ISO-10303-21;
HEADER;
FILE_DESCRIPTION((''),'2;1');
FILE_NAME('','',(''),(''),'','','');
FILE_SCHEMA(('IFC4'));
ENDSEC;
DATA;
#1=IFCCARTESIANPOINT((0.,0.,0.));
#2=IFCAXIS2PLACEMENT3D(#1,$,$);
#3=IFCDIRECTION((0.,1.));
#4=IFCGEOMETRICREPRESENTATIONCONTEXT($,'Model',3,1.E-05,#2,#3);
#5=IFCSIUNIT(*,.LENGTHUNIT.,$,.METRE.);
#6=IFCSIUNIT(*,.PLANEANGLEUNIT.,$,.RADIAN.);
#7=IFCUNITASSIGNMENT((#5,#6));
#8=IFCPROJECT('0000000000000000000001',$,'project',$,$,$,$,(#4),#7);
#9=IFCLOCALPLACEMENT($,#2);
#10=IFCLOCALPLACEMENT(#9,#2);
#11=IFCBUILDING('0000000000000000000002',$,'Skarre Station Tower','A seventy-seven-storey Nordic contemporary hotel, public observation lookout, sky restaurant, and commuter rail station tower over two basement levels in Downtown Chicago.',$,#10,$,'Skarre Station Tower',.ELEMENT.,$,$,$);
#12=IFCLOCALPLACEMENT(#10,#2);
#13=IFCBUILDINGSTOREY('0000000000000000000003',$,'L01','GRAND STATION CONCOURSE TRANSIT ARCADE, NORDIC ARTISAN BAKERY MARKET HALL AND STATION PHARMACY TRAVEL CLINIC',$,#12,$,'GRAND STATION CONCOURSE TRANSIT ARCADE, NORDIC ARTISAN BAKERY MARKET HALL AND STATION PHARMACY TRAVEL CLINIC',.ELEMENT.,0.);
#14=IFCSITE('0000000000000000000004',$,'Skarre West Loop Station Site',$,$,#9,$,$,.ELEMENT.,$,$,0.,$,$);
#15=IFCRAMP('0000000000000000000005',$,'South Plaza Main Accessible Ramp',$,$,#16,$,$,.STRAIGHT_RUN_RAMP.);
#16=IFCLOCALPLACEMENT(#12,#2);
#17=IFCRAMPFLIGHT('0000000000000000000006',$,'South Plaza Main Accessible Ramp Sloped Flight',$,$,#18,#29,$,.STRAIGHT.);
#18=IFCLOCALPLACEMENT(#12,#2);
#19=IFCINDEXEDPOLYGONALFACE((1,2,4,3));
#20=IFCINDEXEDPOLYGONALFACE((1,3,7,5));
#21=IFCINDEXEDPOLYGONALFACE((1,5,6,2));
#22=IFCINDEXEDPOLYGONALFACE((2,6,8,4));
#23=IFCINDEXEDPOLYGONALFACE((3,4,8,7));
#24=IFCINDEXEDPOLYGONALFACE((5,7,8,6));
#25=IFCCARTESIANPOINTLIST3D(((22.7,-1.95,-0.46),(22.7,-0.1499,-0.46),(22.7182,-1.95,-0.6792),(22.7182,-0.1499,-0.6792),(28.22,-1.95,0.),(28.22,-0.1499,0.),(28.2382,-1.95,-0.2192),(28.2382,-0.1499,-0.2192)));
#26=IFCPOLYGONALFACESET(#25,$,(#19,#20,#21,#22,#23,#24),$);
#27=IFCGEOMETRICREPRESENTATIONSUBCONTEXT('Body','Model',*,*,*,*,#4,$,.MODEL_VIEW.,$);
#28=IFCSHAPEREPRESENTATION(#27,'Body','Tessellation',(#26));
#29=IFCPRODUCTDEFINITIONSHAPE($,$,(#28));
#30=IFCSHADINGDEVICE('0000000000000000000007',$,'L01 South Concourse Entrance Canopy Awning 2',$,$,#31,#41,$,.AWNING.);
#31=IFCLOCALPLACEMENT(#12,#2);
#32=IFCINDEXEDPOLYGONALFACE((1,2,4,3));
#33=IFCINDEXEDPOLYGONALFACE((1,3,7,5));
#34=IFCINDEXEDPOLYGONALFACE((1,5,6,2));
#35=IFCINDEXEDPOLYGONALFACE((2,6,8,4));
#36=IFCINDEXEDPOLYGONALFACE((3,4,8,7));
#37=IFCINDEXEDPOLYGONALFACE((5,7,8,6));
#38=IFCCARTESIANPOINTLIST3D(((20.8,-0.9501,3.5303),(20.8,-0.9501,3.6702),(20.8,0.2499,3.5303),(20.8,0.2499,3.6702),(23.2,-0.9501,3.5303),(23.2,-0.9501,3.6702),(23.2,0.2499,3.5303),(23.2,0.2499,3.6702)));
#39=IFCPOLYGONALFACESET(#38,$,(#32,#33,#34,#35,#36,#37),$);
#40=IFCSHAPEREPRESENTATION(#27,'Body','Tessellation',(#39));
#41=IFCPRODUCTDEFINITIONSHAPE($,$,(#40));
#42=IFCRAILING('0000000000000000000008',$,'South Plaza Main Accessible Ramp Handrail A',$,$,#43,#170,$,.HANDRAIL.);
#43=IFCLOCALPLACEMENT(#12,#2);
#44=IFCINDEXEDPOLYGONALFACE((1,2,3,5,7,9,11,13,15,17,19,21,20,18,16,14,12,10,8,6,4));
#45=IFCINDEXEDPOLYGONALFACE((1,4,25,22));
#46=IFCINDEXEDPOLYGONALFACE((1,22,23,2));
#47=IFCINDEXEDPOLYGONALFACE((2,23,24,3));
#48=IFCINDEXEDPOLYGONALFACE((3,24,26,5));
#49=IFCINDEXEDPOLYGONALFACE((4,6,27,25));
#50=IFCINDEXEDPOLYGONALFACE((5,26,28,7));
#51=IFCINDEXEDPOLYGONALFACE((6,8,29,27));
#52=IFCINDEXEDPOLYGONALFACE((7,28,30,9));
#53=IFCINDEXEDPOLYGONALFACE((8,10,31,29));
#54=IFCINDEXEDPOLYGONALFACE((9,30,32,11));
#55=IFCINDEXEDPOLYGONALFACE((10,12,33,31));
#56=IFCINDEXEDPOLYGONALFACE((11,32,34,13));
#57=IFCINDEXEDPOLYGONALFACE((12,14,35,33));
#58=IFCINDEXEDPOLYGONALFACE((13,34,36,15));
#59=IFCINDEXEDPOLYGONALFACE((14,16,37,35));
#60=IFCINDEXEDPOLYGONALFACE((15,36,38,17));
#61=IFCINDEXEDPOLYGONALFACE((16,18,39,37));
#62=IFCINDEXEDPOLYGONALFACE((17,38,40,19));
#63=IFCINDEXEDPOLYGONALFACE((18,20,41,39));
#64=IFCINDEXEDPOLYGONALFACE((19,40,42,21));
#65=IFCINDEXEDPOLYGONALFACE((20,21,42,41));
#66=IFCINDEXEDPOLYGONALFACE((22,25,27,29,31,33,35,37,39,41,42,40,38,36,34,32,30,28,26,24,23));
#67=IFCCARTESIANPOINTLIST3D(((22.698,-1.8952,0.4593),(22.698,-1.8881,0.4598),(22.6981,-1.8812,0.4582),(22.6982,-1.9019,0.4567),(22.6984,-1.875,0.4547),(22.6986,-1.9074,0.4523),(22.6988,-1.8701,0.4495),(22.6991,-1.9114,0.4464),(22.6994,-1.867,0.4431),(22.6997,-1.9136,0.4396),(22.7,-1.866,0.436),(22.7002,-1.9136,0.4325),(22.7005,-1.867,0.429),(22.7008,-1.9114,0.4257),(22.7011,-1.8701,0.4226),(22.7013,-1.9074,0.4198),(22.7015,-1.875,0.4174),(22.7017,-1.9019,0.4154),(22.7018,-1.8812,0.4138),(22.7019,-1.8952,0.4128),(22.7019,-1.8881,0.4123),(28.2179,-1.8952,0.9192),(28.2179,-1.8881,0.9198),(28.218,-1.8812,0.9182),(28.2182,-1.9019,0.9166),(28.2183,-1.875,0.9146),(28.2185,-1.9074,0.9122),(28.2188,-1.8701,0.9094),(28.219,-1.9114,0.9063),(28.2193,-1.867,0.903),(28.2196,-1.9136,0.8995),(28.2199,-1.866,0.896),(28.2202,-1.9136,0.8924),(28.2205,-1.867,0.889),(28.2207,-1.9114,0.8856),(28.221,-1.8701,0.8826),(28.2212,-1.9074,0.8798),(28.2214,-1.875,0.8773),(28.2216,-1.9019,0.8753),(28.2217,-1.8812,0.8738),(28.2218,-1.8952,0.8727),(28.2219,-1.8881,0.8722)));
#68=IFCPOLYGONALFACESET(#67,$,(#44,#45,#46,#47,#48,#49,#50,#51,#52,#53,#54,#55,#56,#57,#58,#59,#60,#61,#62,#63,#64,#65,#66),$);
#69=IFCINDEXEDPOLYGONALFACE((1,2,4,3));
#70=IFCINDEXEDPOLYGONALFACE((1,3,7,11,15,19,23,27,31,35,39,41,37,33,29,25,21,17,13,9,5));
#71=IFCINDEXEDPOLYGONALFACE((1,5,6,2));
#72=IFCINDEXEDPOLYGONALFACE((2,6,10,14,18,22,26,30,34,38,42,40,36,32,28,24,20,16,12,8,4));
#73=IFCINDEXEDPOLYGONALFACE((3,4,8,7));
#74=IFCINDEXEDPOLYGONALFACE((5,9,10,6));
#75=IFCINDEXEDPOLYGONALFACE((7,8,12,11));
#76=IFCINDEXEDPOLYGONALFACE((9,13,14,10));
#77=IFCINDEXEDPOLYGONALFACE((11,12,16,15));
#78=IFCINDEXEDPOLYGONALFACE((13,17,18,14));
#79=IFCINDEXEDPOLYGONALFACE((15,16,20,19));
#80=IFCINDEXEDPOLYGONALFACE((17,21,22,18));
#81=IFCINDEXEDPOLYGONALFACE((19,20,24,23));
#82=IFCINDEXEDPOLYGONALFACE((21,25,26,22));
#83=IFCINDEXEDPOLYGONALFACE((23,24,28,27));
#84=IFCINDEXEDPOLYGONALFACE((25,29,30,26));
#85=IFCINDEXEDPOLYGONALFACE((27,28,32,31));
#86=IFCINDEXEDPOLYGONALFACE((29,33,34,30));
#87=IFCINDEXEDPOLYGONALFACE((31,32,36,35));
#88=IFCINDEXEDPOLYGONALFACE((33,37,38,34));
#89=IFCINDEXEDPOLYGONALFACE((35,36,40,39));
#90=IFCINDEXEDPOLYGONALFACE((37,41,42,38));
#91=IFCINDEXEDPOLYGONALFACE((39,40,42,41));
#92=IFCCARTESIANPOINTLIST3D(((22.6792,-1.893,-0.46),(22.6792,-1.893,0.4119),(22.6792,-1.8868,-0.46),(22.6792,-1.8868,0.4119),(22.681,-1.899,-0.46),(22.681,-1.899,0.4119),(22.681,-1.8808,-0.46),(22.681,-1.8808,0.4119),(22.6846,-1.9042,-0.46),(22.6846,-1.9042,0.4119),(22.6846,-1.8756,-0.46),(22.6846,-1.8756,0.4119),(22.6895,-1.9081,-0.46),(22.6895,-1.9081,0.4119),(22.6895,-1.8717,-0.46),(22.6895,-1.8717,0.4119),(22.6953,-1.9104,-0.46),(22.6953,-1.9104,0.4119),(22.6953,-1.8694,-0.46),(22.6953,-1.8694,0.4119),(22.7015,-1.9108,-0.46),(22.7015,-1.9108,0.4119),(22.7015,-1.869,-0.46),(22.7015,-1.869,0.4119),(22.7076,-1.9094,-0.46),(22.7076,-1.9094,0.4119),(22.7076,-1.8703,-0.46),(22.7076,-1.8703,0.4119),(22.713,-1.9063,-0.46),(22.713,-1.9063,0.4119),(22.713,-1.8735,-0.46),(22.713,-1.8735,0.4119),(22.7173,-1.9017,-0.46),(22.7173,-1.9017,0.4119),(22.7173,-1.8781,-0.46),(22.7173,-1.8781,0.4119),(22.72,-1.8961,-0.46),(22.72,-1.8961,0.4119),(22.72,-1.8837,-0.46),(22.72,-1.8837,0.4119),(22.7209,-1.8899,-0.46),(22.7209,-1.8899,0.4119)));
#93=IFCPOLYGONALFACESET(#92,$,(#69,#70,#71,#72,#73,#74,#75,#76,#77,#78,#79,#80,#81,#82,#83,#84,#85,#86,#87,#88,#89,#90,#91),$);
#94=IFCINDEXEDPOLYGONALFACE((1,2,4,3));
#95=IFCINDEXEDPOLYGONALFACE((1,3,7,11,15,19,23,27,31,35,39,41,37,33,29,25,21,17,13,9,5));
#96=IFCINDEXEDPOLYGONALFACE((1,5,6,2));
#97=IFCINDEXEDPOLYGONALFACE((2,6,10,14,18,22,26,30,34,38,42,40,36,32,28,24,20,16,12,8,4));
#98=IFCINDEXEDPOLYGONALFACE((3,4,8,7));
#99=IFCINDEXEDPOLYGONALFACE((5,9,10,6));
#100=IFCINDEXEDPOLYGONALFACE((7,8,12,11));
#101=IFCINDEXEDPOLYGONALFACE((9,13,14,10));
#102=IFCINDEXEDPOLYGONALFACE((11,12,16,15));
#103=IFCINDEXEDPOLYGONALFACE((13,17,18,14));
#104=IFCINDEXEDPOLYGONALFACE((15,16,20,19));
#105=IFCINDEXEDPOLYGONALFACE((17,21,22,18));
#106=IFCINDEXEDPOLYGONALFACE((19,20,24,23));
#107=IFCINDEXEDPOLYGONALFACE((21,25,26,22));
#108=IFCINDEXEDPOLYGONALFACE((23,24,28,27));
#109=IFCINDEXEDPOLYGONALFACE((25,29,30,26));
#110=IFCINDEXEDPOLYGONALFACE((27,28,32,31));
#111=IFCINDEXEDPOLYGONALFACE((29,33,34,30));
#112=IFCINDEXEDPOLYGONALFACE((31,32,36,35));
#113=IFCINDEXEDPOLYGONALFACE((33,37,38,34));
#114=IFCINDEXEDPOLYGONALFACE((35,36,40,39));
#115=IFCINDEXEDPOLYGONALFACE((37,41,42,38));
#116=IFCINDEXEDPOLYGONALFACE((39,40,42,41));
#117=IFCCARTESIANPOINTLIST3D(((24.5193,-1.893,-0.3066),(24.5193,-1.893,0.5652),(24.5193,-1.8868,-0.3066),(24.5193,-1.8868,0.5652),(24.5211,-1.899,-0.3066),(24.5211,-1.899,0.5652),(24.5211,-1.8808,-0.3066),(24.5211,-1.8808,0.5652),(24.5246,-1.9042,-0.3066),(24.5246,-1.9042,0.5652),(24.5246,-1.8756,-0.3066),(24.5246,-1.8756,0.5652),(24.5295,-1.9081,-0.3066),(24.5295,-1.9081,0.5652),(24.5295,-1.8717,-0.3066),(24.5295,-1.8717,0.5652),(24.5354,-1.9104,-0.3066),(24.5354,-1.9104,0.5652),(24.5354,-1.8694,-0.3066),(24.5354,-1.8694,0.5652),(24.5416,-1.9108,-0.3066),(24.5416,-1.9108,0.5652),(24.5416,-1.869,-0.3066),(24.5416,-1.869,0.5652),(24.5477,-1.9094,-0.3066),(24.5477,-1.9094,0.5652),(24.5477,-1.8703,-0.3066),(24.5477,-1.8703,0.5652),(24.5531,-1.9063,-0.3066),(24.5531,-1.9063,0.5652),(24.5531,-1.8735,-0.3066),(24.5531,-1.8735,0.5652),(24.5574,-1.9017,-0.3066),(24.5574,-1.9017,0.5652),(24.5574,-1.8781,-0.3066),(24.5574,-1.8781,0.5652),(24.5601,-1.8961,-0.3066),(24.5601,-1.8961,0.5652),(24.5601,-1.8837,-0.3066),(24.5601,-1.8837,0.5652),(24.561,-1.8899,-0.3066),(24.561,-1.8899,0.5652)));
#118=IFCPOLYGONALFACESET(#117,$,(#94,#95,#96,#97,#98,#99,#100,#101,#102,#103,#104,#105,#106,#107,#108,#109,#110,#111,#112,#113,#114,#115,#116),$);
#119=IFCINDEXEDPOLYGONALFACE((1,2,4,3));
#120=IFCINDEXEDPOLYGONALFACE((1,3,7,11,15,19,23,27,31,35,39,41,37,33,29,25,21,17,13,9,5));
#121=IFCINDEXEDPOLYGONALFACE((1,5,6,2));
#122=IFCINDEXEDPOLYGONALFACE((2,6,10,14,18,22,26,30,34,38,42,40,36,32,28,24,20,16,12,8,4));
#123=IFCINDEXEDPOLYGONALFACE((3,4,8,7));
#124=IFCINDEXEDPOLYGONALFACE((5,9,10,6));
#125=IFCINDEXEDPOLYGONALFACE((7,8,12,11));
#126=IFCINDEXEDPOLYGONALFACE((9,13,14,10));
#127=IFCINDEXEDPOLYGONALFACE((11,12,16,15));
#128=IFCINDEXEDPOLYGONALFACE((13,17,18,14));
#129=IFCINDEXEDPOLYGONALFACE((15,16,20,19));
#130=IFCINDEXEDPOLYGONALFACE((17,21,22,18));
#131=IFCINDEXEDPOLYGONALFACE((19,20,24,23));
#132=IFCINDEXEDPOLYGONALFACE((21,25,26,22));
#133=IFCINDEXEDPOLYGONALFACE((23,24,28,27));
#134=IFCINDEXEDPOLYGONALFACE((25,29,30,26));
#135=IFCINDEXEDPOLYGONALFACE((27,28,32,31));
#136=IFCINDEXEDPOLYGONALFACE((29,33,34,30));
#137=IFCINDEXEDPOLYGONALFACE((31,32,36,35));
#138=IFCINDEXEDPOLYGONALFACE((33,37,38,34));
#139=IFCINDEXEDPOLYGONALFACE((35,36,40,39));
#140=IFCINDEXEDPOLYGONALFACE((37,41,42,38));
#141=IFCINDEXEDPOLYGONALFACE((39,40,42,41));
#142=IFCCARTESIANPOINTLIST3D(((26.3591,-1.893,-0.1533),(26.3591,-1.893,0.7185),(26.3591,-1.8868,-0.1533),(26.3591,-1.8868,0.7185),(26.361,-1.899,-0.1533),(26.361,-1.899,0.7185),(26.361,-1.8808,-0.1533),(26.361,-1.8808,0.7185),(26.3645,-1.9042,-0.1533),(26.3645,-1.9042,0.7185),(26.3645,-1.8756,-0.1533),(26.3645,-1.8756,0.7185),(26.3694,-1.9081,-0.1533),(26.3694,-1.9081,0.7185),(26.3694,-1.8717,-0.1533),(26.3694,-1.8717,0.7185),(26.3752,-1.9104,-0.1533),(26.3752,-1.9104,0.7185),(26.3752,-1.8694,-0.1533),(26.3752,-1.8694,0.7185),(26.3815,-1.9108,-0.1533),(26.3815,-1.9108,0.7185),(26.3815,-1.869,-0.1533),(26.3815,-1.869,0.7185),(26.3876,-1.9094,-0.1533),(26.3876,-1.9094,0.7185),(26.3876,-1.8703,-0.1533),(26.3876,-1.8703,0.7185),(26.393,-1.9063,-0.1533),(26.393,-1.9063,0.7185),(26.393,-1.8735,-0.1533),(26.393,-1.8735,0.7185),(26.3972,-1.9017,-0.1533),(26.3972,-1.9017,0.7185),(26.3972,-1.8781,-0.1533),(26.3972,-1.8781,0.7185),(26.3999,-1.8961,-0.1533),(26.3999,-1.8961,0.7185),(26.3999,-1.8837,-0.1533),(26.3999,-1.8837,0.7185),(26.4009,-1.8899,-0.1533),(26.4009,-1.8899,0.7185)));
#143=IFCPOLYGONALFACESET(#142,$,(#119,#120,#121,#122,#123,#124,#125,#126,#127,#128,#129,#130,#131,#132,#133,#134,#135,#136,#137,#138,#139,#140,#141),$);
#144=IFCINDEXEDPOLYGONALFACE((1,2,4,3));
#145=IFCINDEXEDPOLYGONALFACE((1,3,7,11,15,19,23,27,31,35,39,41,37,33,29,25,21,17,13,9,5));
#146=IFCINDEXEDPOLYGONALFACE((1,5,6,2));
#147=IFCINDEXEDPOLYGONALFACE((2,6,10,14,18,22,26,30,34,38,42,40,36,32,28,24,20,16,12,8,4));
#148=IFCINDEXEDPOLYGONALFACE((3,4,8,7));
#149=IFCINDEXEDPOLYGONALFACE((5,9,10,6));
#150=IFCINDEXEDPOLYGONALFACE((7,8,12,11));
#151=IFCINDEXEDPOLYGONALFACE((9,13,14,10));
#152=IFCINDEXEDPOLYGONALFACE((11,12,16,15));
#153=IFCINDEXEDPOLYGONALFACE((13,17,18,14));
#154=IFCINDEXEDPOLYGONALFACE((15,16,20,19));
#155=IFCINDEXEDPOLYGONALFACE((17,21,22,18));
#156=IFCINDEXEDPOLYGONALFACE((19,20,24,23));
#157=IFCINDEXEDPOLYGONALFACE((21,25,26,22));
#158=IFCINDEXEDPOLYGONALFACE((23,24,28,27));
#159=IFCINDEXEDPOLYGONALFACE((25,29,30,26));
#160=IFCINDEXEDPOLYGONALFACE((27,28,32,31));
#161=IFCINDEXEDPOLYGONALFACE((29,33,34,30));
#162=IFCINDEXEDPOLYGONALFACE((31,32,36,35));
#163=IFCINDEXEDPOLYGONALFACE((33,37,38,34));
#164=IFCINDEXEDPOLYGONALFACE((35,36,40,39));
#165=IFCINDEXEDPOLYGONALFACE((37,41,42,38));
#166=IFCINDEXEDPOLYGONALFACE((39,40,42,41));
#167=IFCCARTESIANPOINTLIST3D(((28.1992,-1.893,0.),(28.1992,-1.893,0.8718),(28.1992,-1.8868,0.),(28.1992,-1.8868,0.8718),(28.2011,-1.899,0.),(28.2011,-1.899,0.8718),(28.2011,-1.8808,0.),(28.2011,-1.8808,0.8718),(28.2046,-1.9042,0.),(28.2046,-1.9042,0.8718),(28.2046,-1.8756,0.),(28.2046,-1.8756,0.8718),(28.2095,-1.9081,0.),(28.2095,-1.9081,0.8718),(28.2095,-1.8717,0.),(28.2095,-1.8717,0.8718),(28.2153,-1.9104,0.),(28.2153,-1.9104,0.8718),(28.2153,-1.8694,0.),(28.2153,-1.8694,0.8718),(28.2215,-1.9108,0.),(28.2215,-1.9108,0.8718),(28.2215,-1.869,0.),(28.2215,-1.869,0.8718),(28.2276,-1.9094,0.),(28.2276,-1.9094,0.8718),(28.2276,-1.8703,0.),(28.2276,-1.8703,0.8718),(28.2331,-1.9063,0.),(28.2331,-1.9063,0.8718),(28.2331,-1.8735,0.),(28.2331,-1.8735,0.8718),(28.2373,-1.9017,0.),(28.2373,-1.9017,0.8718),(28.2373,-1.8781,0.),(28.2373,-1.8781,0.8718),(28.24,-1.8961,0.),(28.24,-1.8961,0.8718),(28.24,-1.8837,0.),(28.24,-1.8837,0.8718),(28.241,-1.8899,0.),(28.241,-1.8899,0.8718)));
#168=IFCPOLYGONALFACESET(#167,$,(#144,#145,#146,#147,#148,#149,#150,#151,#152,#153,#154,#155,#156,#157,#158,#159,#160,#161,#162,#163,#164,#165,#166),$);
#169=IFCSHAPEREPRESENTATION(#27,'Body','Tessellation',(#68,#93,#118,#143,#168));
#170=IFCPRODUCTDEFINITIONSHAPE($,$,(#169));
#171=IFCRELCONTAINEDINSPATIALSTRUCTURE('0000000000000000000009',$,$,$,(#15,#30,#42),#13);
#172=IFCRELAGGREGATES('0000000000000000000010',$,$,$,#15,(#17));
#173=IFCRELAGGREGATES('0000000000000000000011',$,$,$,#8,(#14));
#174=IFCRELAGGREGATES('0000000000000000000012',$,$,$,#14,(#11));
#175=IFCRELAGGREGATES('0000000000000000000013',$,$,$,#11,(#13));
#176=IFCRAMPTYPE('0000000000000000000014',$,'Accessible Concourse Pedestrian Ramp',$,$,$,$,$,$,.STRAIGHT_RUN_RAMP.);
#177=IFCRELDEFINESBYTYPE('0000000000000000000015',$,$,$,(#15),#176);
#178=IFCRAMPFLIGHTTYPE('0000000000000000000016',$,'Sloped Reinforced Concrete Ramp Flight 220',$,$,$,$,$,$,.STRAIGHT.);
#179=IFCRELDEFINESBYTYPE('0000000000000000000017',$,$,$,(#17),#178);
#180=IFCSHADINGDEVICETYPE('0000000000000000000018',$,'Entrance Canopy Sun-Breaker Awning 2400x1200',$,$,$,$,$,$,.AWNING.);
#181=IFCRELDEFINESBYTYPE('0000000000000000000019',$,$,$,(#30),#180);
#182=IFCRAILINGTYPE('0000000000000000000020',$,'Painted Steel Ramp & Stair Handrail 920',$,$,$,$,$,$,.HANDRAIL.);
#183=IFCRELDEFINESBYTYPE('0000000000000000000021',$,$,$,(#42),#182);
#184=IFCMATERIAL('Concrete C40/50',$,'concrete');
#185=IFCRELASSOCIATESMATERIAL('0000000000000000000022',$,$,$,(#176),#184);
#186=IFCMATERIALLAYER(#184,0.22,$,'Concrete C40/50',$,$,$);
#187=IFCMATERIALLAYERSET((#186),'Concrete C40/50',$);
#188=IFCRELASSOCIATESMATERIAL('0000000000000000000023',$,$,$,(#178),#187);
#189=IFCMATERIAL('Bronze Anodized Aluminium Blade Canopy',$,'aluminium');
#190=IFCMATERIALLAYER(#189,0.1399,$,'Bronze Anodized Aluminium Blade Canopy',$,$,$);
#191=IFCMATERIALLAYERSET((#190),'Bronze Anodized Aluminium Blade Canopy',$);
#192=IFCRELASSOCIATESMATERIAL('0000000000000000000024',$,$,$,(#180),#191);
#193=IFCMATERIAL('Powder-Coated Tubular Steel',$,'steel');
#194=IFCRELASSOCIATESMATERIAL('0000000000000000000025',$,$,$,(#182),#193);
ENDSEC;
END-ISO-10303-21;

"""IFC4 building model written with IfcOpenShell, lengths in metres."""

from ifc_helpers import new_model, si_unit, direction, frame, origin, origin_2d, place, context, subcontext, project, spatial, polyline, rectangle, circle, outline, extrude, material, layer, layer_set, type_object, element, aggregate, save


model = new_model("IFC4")

# Units and contexts
model_context = context("Model", 3, precision=1e-05, world=origin(), true_north=direction((0.0, 1.0)))
body_context = subcontext(model_context, "Body", "Model", "MODEL_VIEW")
ifc_project = project(units=[si_unit("LENGTHUNIT", "METRE"), si_unit("PLANEANGLEUNIT", "RADIAN")], contexts=[model_context])

# Site, building, storey
site_placement = place(None, origin())
site = spatial("IfcSite", under=ifc_project, at=site_placement, Name="Skarre West Loop Station Site", CompositionType="ELEMENT", RefElevation=0.0)
building_placement = place(site_placement, origin())
building = spatial("IfcBuilding", under=site, at=building_placement, Name="Skarre Station Tower", Description="A seventy-seven-storey Nordic contemporary hotel, public observation lookout, sky restaurant, and commuter rail station tower over two basement levels in Downtown Chicago.", LongName="Skarre Station Tower", CompositionType="ELEMENT")
storey_placement = place(building_placement, origin())
storey = spatial("IfcBuildingStorey", under=building, at=storey_placement, Name="L01", Description="GRAND STATION CONCOURSE TRANSIT ARCADE, NORDIC ARTISAN BAKERY MARKET HALL AND STATION PHARMACY TRAVEL CLINIC", LongName="GRAND STATION CONCOURSE TRANSIT ARCADE, NORDIC ARTISAN BAKERY MARKET HALL AND STATION PHARMACY TRAVEL CLINIC", CompositionType="ELEMENT", Elevation=0.0)

# Ramp, ramp flight
ifc_material_1 = material(Name="Concrete C40/50", Category="concrete")
ramp_type = type_object("IfcRampType", Name="Accessible Concourse Pedestrian Ramp", PredefinedType="STRAIGHT_RUN_RAMP", material=ifc_material_1)
ramp_placement = place(storey_placement, origin())
ramp = element("IfcRamp", 1, at=ramp_placement, inside=storey, type_object=ramp_type, Name="South Plaza Main Accessible Ramp", PredefinedType="STRAIGHT_RUN_RAMP")
ifc_layer_1 = layer(ifc_material_1, 0.22, Name="Concrete C40/50")
ifc_layer_set_1 = layer_set([ifc_layer_1], Name="Concrete C40/50")
ramp_flight_type = type_object("IfcRampFlightType", Name="Sloped Reinforced Concrete Ramp Flight 220", PredefinedType="STRAIGHT", material=ifc_layer_set_1)
ramp_flight_placement = place(storey_placement, frame((22.7, -1.95, -0.46), z_axis=(-0.083038, 0.0, 0.996546), x_axis=(0.996546, 0.0, 0.083038)))
ramp_flight = element("IfcRampFlight", 2, at=ramp_flight_placement, type_object=ramp_flight_type, Name="South Plaza Main Accessible Ramp Sloped Flight", PredefinedType="STRAIGHT", context=body_context, shape_type="SweptSolid", body=[
    extrude(outline(polyline([(0.0, 0.0), (5.5391, 0.0), (5.5391, 1.8), (0.0, 1.8), (0.0, 0.0)])), origin(), (0.0, 0.0, -1.0), 0.22),
])
aggregate(ramp, [ramp_flight])

# Shading device
ifc_material_2 = material(Name="Bronze Anodized Aluminium Blade Canopy", Category="aluminium")
ifc_layer_2 = layer(ifc_material_2, 0.1399, Name="Bronze Anodized Aluminium Blade Canopy")
ifc_layer_set_2 = layer_set([ifc_layer_2], Name="Bronze Anodized Aluminium Blade Canopy")
shading_device_type = type_object("IfcShadingDeviceType", Name="Entrance Canopy Sun-Breaker Awning 2400x1200", PredefinedType="AWNING", material=ifc_layer_set_2)
shading_device_placement = place(storey_placement, frame((22.0, -0.3501, 3.5303), z_axis=(0.0, 0.0, 1.0), x_axis=(1.0, 0.0, 0.0)))
element("IfcShadingDevice", 3, at=shading_device_placement, inside=storey, type_object=shading_device_type, Name="L01 South Concourse Entrance Canopy Awning 2", PredefinedType="AWNING", context=body_context, shape_type="SweptSolid", body=[
    extrude(rectangle(XDim=2.3999, YDim=1.2, at=origin_2d()), origin(), (0.0, 0.0, 1.0), 0.1399),
])

# Railing
ifc_material_3 = material(Name="Powder-Coated Tubular Steel", Category="steel")
railing_type = type_object("IfcRailingType", Name="Painted Steel Ramp & Stair Handrail 920", PredefinedType="HANDRAIL", material=ifc_material_3)
for number, where, name in (
    (4, (22.7, -1.8899, -0.46), "South Plaza Main Accessible Ramp Handrail A"),
):
    element("IfcRailing", number, at=place(storey_placement, frame(where)), inside=storey, type_object=railing_type, Name=name, PredefinedType="HANDRAIL", context=body_context, shape_type="SweptSolid", body=[
        extrude(circle(Radius=0.0239, at=origin_2d()), frame((0.0, 0.0, 0.896), z_axis=(0.996546, 0.0, 0.083038), x_axis=(0.0, 1.0, 0.0)), (0.0, 0.0, 1.0), 5.5391),
        extrude(circle(Radius=0.021, at=origin_2d()), origin(), (0.0, 0.0, 1.0), 0.8718),
        extrude(circle(Radius=0.021, at=origin_2d()), frame((1.8401, 0.0, 0.1533)), (0.0, 0.0, 1.0), 0.8718),
        extrude(circle(Radius=0.021, at=origin_2d()), frame((3.6799, 0.0, 0.3066)), (0.0, 0.0, 1.0), 0.8718),
        extrude(circle(Radius=0.021, at=origin_2d()), frame((5.52, 0.0, 0.46)), (0.0, 0.0, 1.0), 0.8718),
    ])

save(model, "model.ifc")
